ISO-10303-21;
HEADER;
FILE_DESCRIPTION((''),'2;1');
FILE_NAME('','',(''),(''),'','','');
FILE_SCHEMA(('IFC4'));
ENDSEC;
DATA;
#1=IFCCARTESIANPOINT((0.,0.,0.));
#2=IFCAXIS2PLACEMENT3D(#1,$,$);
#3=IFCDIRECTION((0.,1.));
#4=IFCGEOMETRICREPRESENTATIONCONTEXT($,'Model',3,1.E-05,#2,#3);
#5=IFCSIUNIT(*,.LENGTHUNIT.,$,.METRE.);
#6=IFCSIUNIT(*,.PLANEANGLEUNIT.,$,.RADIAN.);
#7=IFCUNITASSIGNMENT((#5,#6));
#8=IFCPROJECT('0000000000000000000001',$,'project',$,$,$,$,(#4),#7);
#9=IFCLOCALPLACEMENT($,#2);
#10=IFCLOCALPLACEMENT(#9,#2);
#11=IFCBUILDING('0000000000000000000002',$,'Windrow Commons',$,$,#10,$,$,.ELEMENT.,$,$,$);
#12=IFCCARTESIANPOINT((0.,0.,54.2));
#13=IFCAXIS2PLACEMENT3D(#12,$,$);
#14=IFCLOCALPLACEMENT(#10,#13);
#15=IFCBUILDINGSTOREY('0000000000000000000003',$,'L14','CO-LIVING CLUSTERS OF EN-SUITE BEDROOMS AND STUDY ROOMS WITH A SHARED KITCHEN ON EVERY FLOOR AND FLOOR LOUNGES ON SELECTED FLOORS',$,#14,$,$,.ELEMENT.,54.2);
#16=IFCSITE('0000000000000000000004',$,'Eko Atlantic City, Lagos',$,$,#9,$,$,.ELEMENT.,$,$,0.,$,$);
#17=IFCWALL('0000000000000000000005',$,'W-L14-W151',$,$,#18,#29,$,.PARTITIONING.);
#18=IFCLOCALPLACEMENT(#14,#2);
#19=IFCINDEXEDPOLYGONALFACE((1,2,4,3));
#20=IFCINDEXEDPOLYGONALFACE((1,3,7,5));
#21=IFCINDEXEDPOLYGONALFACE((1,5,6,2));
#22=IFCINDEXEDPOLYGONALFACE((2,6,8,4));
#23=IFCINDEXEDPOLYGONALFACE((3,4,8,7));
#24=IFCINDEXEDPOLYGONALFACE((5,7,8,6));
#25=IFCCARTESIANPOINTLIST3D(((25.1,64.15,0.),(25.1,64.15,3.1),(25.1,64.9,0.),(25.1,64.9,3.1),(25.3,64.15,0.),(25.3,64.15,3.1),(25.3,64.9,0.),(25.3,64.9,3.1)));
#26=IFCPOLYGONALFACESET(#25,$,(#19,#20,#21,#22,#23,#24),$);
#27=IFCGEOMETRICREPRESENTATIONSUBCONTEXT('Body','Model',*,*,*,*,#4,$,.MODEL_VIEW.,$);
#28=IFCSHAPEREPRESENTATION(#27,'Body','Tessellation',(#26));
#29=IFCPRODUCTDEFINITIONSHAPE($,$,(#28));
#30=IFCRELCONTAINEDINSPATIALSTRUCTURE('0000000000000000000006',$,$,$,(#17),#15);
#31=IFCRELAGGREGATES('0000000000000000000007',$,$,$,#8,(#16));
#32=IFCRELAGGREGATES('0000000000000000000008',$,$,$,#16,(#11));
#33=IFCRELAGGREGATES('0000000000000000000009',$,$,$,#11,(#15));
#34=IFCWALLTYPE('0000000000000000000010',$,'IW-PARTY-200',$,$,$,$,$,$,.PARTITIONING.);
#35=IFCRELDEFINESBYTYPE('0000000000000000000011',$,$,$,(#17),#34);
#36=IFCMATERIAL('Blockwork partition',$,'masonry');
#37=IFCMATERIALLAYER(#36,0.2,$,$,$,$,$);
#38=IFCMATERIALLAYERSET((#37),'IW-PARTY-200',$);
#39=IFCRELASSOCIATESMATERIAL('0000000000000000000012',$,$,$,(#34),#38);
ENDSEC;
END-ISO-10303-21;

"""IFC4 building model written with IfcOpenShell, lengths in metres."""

from ifc_helpers import new_model, si_unit, direction, frame, frame_2d, origin, place, context, subcontext, project, spatial, rectangle, extrude, material, layer, layer_set, type_object, element, save


model = new_model("IFC4")

# Units and contexts
model_context = context("Model", 3, precision=1e-05, world=origin(), true_north=direction((0.0, 1.0)))
body_context = subcontext(model_context, "Body", "Model", "MODEL_VIEW")
ifc_project = project(units=[si_unit("LENGTHUNIT", "METRE"), si_unit("PLANEANGLEUNIT", "RADIAN")], contexts=[model_context])

# Site, building, storey
site_placement = place(None, origin())
site = spatial("IfcSite", under=ifc_project, at=site_placement, Name="Eko Atlantic City, Lagos", CompositionType="ELEMENT", RefElevation=0.0)
building_placement = place(site_placement, origin())
building = spatial("IfcBuilding", under=site, at=building_placement, Name="Windrow Commons", CompositionType="ELEMENT")
storey_placement = place(building_placement, frame((0.0, 0.0, 54.2)))
storey = spatial("IfcBuildingStorey", under=building, at=storey_placement, Name="L14", Description="CO-LIVING CLUSTERS OF EN-SUITE BEDROOMS AND STUDY ROOMS WITH A SHARED KITCHEN ON EVERY FLOOR AND FLOOR LOUNGES ON SELECTED FLOORS", CompositionType="ELEMENT", Elevation=54.2)

# Wall
ifc_material_1 = material(Name="Blockwork partition", Category="masonry")
ifc_layer_1 = layer(ifc_material_1, 0.2)
ifc_layer_set_1 = layer_set([ifc_layer_1], Name="IW-PARTY-200")
wall_type_1 = type_object("IfcWallType", Name="IW-PARTY-200", PredefinedType="PARTITIONING", material=ifc_layer_set_1)
wall_1_placement = place(storey_placement, frame((25.2, 64.15, 0.0), z_axis=(0.0, 0.0, 1.0), x_axis=(0.0, 1.0, 0.0)))
element("IfcWall", 1, at=wall_1_placement, inside=storey, type_object=wall_type_1, Name="W-L14-W151", PredefinedType="PARTITIONING", context=body_context, shape_type="SweptSolid", body=[
    extrude(rectangle(XDim=0.75, YDim=0.2, at=frame_2d((0.375, 0.0))), origin(), (0.0, 0.0, 1.0), 3.1),
])

save(model, "model.ifc")
